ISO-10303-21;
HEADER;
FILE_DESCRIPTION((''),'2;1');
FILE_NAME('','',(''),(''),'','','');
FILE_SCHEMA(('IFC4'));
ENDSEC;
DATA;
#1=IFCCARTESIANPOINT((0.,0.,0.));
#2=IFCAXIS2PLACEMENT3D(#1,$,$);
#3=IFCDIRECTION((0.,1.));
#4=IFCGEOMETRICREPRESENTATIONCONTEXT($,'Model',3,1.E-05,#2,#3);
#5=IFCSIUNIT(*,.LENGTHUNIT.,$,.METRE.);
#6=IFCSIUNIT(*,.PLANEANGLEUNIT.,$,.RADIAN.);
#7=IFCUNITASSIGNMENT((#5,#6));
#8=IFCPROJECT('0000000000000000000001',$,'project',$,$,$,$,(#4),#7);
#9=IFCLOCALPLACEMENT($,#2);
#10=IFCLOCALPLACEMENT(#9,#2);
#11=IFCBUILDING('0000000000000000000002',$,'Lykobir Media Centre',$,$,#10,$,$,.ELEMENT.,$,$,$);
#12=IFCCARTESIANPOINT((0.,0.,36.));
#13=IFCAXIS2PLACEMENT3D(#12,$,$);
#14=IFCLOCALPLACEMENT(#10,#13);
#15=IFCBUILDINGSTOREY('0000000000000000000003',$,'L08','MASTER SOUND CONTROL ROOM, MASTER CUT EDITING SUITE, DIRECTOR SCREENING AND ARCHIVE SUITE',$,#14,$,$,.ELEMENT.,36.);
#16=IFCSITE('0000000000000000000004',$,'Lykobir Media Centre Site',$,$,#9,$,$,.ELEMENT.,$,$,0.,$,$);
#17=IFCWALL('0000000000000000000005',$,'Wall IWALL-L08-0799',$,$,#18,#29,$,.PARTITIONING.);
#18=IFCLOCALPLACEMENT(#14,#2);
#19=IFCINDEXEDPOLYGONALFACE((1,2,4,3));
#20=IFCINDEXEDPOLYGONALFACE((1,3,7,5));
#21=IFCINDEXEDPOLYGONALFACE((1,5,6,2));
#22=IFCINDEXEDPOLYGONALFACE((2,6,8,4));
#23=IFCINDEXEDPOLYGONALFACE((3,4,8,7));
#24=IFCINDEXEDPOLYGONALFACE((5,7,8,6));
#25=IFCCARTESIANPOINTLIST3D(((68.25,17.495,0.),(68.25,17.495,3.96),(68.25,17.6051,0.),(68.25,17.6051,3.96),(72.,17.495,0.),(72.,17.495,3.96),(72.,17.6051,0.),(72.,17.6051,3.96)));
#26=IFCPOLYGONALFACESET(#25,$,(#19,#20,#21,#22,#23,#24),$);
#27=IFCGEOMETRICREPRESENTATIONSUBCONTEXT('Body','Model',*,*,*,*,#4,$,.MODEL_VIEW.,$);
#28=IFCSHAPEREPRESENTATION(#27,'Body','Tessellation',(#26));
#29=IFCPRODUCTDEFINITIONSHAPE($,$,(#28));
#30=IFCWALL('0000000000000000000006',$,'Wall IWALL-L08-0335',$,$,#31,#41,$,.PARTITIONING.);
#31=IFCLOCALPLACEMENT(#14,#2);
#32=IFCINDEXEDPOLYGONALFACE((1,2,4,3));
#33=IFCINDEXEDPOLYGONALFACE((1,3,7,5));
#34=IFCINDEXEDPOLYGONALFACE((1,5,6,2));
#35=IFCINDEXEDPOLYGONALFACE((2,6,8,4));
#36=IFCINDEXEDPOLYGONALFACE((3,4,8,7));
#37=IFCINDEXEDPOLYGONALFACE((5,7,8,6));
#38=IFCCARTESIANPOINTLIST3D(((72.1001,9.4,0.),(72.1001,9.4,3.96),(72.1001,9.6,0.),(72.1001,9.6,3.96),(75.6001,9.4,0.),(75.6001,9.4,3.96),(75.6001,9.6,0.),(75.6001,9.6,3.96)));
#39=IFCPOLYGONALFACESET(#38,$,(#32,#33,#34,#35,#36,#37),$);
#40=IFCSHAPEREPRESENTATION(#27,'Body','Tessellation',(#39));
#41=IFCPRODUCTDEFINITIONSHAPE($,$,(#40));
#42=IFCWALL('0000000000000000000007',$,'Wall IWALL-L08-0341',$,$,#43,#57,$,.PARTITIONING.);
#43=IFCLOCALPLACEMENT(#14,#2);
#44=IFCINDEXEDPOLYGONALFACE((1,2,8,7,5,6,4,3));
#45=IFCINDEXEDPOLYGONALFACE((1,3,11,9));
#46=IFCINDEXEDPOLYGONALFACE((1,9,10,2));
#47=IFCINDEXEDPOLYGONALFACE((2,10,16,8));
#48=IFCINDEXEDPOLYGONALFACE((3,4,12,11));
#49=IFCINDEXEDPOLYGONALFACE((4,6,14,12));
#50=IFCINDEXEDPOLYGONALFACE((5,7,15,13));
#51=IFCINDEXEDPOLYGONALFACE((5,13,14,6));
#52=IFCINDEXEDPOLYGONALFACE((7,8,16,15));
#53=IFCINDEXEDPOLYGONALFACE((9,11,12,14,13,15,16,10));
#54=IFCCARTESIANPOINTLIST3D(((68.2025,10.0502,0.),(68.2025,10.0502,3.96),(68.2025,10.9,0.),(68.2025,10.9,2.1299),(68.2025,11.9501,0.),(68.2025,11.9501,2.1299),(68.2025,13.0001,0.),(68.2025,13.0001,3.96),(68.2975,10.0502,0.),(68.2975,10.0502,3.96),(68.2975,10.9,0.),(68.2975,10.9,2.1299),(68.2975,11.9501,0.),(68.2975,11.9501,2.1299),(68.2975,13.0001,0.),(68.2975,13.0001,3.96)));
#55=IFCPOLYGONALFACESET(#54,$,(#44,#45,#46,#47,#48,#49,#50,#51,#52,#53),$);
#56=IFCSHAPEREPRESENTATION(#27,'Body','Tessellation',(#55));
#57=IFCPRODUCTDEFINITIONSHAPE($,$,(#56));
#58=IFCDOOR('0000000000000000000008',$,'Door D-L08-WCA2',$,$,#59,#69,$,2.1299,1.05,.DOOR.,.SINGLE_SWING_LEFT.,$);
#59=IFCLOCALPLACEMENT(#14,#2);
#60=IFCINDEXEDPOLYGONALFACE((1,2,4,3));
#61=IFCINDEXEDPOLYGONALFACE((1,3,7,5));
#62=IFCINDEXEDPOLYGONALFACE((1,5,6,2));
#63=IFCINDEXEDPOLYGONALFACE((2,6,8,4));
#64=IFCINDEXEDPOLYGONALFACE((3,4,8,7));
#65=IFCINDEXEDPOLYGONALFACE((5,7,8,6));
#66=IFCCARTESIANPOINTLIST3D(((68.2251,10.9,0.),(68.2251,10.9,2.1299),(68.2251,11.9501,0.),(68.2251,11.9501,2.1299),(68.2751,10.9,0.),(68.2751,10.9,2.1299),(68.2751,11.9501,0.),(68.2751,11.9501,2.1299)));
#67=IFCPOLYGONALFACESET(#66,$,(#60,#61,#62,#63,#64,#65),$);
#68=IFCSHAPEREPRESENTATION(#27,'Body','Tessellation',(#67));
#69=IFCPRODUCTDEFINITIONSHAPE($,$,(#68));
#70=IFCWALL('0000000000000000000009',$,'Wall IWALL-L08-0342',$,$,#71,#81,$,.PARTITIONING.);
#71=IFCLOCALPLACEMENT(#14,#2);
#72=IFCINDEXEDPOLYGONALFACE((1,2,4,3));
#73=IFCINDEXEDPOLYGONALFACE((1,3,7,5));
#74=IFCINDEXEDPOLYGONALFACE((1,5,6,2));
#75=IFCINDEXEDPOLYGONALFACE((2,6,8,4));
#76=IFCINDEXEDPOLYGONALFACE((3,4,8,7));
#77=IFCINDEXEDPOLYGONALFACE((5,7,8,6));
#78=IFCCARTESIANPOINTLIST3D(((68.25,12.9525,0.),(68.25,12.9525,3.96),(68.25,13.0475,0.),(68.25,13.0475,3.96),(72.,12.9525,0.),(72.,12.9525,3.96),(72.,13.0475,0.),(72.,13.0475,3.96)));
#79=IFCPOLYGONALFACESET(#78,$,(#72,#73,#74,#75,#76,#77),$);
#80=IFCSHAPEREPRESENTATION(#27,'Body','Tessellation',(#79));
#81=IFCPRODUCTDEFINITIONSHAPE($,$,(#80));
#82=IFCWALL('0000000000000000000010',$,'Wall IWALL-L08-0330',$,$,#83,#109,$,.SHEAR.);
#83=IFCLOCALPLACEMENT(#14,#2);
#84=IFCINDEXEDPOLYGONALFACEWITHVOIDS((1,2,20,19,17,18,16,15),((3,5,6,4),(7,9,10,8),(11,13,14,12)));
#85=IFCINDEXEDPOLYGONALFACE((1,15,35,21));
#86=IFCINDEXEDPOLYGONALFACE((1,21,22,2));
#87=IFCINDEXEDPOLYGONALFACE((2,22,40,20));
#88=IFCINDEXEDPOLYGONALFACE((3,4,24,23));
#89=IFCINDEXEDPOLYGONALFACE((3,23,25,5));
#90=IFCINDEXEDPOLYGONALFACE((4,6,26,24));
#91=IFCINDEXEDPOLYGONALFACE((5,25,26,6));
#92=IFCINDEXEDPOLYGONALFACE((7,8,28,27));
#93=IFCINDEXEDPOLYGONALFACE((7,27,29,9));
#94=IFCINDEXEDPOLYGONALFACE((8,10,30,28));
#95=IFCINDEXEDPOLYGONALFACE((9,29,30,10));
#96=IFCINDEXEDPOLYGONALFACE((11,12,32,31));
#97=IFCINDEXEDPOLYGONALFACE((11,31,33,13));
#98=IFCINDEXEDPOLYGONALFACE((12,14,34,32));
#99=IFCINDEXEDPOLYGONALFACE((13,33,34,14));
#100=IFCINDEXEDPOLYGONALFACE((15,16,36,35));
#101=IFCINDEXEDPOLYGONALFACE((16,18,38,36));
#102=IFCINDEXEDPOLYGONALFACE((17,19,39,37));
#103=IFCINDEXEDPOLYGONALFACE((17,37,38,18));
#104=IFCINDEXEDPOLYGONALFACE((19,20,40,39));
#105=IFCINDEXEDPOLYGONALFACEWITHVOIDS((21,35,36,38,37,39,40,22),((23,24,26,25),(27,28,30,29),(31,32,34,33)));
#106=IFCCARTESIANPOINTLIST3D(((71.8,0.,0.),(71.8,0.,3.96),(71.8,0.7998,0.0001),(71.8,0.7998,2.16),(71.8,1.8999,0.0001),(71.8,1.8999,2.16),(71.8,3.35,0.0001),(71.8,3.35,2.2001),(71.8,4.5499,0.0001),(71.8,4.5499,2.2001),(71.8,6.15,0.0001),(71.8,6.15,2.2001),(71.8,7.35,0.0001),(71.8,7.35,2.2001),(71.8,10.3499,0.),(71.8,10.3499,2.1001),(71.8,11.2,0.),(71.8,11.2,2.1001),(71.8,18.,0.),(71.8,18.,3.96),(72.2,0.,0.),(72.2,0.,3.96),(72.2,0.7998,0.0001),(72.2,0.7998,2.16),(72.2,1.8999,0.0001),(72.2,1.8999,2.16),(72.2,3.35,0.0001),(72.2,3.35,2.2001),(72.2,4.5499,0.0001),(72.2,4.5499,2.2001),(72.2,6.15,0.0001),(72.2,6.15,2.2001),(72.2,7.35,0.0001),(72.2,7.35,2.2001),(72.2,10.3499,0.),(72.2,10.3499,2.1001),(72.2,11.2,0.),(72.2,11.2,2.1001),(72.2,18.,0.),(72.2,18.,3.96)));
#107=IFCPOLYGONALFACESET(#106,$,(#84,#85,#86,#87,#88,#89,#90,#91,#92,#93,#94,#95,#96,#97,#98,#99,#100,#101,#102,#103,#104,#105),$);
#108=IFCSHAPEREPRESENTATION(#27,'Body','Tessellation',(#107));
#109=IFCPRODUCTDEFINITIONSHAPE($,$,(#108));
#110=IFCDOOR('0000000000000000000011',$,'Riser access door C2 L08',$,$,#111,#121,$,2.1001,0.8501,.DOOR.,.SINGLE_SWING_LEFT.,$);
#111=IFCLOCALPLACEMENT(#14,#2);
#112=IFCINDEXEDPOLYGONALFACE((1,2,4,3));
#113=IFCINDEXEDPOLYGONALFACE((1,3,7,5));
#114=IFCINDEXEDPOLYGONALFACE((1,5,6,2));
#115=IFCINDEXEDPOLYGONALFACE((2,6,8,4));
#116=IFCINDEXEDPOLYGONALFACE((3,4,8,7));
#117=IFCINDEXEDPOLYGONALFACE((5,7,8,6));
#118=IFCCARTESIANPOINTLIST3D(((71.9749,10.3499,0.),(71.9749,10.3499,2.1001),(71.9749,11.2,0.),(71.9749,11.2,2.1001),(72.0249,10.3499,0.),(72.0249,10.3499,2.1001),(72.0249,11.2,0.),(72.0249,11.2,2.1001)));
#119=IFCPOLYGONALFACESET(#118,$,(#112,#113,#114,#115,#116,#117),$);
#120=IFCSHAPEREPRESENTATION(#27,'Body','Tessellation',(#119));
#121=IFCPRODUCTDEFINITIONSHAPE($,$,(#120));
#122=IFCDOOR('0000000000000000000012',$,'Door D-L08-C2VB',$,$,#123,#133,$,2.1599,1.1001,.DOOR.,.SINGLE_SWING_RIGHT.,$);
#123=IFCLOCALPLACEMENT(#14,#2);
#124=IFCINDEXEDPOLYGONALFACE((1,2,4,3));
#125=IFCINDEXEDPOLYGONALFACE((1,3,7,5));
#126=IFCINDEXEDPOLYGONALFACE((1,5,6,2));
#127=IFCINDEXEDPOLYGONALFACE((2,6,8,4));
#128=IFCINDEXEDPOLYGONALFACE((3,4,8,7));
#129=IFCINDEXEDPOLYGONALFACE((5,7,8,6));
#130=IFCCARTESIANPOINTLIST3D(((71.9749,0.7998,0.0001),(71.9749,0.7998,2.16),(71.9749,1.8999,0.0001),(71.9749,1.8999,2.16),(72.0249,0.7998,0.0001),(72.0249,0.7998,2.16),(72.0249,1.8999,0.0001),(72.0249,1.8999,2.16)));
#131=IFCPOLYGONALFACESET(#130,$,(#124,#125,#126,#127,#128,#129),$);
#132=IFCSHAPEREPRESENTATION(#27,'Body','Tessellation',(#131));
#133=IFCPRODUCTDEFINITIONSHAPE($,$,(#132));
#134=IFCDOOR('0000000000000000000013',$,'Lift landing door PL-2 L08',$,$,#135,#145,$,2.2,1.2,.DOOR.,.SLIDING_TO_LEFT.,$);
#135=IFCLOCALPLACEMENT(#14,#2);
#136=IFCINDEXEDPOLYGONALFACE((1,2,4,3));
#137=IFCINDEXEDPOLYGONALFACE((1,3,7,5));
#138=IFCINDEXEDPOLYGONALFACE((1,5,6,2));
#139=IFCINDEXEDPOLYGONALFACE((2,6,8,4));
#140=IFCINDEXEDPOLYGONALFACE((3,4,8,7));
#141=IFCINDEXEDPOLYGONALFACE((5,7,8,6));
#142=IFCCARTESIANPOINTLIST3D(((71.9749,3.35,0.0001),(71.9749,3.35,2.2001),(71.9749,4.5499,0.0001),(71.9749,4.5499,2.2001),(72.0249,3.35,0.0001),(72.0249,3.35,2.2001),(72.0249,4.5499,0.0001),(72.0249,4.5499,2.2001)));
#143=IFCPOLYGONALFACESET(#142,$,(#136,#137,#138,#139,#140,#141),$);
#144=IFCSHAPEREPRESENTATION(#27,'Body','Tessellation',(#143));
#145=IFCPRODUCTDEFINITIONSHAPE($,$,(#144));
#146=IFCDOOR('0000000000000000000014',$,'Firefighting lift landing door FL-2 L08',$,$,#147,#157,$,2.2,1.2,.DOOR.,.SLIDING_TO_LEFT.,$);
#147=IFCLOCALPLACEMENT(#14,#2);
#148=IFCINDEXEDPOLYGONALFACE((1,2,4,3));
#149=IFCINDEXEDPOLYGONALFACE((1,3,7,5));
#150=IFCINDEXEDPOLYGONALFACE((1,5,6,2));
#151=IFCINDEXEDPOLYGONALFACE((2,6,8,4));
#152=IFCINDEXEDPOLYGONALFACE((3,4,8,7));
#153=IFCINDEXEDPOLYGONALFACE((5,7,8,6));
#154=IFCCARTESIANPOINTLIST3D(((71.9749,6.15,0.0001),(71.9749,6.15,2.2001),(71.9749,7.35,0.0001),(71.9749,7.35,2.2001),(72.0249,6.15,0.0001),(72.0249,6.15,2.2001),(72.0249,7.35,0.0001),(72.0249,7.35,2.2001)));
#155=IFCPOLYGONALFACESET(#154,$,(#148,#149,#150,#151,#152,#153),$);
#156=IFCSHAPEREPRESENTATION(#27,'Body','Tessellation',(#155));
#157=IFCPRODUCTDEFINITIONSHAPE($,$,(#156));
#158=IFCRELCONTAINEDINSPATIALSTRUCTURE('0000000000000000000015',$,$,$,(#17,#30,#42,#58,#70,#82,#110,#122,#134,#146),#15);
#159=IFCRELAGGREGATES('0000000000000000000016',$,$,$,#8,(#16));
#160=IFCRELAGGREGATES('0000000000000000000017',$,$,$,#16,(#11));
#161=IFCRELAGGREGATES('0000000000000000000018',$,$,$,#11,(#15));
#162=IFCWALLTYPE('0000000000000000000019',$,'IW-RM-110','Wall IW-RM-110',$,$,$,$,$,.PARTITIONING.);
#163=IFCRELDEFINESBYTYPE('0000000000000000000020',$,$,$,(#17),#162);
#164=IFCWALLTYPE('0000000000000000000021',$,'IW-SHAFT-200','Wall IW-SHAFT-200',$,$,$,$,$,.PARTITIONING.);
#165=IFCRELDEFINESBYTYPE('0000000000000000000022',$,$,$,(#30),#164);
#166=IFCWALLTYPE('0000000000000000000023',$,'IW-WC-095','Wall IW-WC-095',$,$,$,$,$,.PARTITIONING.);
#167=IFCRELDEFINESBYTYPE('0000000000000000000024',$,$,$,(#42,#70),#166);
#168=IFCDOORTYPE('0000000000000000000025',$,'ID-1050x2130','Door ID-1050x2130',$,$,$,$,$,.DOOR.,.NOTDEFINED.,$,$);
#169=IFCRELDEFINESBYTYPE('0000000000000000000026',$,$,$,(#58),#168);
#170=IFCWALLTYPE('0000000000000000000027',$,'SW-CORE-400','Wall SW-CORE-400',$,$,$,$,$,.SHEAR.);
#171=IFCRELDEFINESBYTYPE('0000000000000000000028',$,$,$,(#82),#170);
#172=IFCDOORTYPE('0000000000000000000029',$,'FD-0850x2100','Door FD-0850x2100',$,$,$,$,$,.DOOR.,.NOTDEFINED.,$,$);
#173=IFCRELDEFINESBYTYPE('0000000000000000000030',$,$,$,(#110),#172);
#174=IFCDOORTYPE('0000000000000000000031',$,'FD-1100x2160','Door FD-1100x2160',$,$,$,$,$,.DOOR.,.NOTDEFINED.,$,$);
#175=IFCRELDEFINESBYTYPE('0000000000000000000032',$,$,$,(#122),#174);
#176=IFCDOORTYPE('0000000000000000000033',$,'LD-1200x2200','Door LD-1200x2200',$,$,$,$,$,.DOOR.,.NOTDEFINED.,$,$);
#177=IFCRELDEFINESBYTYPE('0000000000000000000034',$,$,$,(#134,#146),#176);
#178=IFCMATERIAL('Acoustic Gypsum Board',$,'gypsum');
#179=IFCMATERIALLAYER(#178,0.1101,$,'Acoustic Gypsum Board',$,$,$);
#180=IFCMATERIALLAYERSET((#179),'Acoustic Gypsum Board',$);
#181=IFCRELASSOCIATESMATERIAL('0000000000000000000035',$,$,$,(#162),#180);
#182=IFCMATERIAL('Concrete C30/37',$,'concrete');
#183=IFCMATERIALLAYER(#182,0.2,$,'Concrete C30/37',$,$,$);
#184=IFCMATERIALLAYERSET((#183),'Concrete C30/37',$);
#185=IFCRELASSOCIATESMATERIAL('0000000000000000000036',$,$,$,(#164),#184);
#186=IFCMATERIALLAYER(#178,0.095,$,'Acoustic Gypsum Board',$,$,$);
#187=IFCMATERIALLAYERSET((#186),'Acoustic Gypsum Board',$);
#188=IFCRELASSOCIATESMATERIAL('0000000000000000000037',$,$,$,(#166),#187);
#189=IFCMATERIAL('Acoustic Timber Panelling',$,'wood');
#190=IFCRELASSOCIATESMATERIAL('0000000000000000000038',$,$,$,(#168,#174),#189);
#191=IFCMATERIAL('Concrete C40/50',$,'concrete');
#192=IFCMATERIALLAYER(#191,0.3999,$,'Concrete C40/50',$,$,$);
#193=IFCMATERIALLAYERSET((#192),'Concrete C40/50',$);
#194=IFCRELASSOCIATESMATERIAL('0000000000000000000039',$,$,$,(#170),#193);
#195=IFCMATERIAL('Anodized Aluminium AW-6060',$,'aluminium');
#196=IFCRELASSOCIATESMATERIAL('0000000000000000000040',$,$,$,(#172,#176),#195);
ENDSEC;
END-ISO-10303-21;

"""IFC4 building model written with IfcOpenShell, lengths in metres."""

from ifc_helpers import new_model, si_unit, direction, frame, frame_2d, origin, place, context, subcontext, project, spatial, rectangle, extrude, material, layer, layer_set, type_object, element, fill, save


model = new_model("IFC4")

# Units and contexts
model_context = context("Model", 3, precision=1e-05, world=origin(), true_north=direction((0.0, 1.0)))
body_context = subcontext(model_context, "Body", "Model", "MODEL_VIEW")
ifc_project = project(units=[si_unit("LENGTHUNIT", "METRE"), si_unit("PLANEANGLEUNIT", "RADIAN")], contexts=[model_context])

# Site, building, storey
site_placement = place(None, origin())
site = spatial("IfcSite", under=ifc_project, at=site_placement, Name="Lykobir Media Centre Site", CompositionType="ELEMENT", RefElevation=0.0)
building_placement = place(site_placement, origin())
building = spatial("IfcBuilding", under=site, at=building_placement, Name="Lykobir Media Centre", CompositionType="ELEMENT")
storey_placement = place(building_placement, frame((0.0, 0.0, 36.0)))
storey = spatial("IfcBuildingStorey", under=building, at=storey_placement, Name="L08", Description="MASTER SOUND CONTROL ROOM, MASTER CUT EDITING SUITE, DIRECTOR SCREENING AND ARCHIVE SUITE", CompositionType="ELEMENT", Elevation=36.0)

# Shared definitions
ifc_material_1 = material(Name="Acoustic Gypsum Board", Category="gypsum")
ifc_material_2 = material(Name="Acoustic Timber Panelling", Category="wood")

# Shared definitions
ifc_layer_1 = layer(ifc_material_1, 0.1101, Name="Acoustic Gypsum Board")
ifc_layer_set_1 = layer_set([ifc_layer_1], Name="Acoustic Gypsum Board")
wall_type_1 = type_object("IfcWallType", Name="IW-RM-110", Description="Wall IW-RM-110", PredefinedType="PARTITIONING", material=ifc_layer_set_1)

# Walls
wall_1_placement = place(storey_placement, frame((68.25, 17.55, 0.0), z_axis=(0.0, 0.0, 1.0), x_axis=(1.0, 0.0, 0.0)))
element("IfcWall", 1, at=wall_1_placement, inside=storey, type_object=wall_type_1, Name="Wall IWALL-L08-0799", PredefinedType="PARTITIONING", context=body_context, shape_type="SweptSolid", body=[
    extrude(rectangle(XDim=3.75, YDim=0.1101, at=frame_2d((1.875, 0.0))), origin(), (0.0, 0.0, 1.0), 3.96),
])
ifc_material_3 = material(Name="Concrete C30/37", Category="concrete")
ifc_layer_2 = layer(ifc_material_3, 0.2, Name="Concrete C30/37")
ifc_layer_set_2 = layer_set([ifc_layer_2], Name="Concrete C30/37")
wall_type_2 = type_object("IfcWallType", Name="IW-SHAFT-200", Description="Wall IW-SHAFT-200", PredefinedType="PARTITIONING", material=ifc_layer_set_2)
wall_2_placement = place(storey_placement, frame((72.1001, 9.5, 0.0), z_axis=(0.0, 0.0, 1.0), x_axis=(1.0, 0.0, 0.0)))
element("IfcWall", 2, at=wall_2_placement, inside=storey, type_object=wall_type_2, Name="Wall IWALL-L08-0335", PredefinedType="PARTITIONING", context=body_context, shape_type="SweptSolid", body=[
    extrude(rectangle(XDim=3.5, YDim=0.2, at=frame_2d((1.75, 0.0))), origin(), (0.0, 0.0, 1.0), 3.96),
])

# Wall, opening, door
ifc_layer_3 = layer(ifc_material_1, 0.095, Name="Acoustic Gypsum Board")
ifc_layer_set_3 = layer_set([ifc_layer_3], Name="Acoustic Gypsum Board")
wall_type_3 = type_object("IfcWallType", Name="IW-WC-095", Description="Wall IW-WC-095", PredefinedType="PARTITIONING", material=ifc_layer_set_3)
wall_3_placement = place(storey_placement, frame((68.25, 10.05, 0.0), z_axis=(0.0, 0.0, 1.0), x_axis=(0.0, 1.0, 0.0)))
wall_3 = element("IfcWall", 3, at=wall_3_placement, inside=storey, type_object=wall_type_3, Name="Wall IWALL-L08-0341", PredefinedType="PARTITIONING", context=body_context, shape_type="SweptSolid", body=[
    extrude(rectangle(XDim=2.95, YDim=0.095, at=frame_2d((1.4751, 0.0))), origin(), (0.0, 0.0, 1.0), 3.96),
])
opening_1_placement = place(wall_3_placement, frame((0.8501, 0.0, 0.0)))
opening_1 = element("IfcOpeningElement", 4, at=opening_1_placement, cuts=wall_3, PredefinedType="OPENING", context=body_context, shape_type="SweptSolid", body=[
    extrude(rectangle(XDim=1.05, YDim=2.1299, at=frame_2d((0.5249, 1.0649))), frame((0.0, 0.0574, 0.0), z_axis=(0.0, -1.0, 0.0), x_axis=(1.0, 0.0, 0.0)), (0.0, 0.0, 1.0), 0.115),
])
door_type_1 = type_object("IfcDoorType", Name="ID-1050x2130", Description="Door ID-1050x2130", OperationType="NOTDEFINED", PredefinedType="DOOR", material=ifc_material_2)
door_1_placement = place(opening_1_placement, origin())
door_1 = element("IfcDoor", 5, at=door_1_placement, inside=storey, type_object=door_type_1, Name="Door D-L08-WCA2", OperationType="SINGLE_SWING_LEFT", OverallHeight=2.1299, OverallWidth=1.05, PredefinedType="DOOR", context=body_context, shape_type="SweptSolid", body=[
    extrude(rectangle(XDim=1.05, YDim=2.1299, at=frame_2d((0.5249, 1.0649))), frame((0.0, 0.0249, 0.0), z_axis=(0.0, -1.0, 0.0), x_axis=(1.0, 0.0, 0.0)), (0.0, 0.0, 1.0), 0.05),
])
fill(opening_1, door_1)

# Wall
wall_4_placement = place(storey_placement, frame((68.25, 13.0, 0.0), z_axis=(0.0, 0.0, 1.0), x_axis=(1.0, 0.0, 0.0)))
element("IfcWall", 6, at=wall_4_placement, inside=storey, type_object=wall_type_3, Name="Wall IWALL-L08-0342", PredefinedType="PARTITIONING", context=body_context, shape_type="SweptSolid", body=[
    extrude(rectangle(XDim=3.75, YDim=0.095, at=frame_2d((1.875, 0.0))), origin(), (0.0, 0.0, 1.0), 3.96),
])

# Wall, openings, doors
ifc_material_4 = material(Name="Concrete C40/50", Category="concrete")
ifc_layer_4 = layer(ifc_material_4, 0.3999, Name="Concrete C40/50")
ifc_layer_set_4 = layer_set([ifc_layer_4], Name="Concrete C40/50")
wall_type_4 = type_object("IfcWallType", Name="SW-CORE-400", Description="Wall SW-CORE-400", PredefinedType="SHEAR", material=ifc_layer_set_4)
wall_5_placement = place(storey_placement, frame((72.0, 18.0, 0.0), z_axis=(0.0, 0.0, 1.0), x_axis=(0.0, -1.0, 0.0)))
wall_5 = element("IfcWall", 7, at=wall_5_placement, inside=storey, type_object=wall_type_4, Name="Wall IWALL-L08-0330", PredefinedType="SHEAR", context=body_context, shape_type="SweptSolid", body=[
    extrude(rectangle(XDim=18.0, YDim=0.3999, at=frame_2d((9.0, 0.0))), origin(), (0.0, 0.0, 1.0), 3.96),
])
opening_2_placement = place(wall_5_placement, frame((16.1001, 0.0, 0.0)))
opening_2 = element("IfcOpeningElement", 8, at=opening_2_placement, cuts=wall_5, PredefinedType="OPENING", context=body_context, shape_type="SweptSolid", body=[
    extrude(rectangle(XDim=1.1001, YDim=2.1599, at=frame_2d((0.55, 1.0801))), frame((0.0, 0.21, 0.0), z_axis=(0.0, -1.0, 0.0), x_axis=(1.0, 0.0, 0.0)), (0.0, 0.0, 1.0), 0.4199),
])
opening_3_placement = place(wall_5_placement, frame((13.45, 0.0, 0.0)))
opening_3 = element("IfcOpeningElement", 9, at=opening_3_placement, cuts=wall_5, PredefinedType="OPENING", context=body_context, shape_type="SweptSolid", body=[
    extrude(rectangle(XDim=1.2, YDim=2.2, at=frame_2d((0.6001, 1.1001))), frame((0.0, 0.21, 0.0), z_axis=(0.0, -1.0, 0.0), x_axis=(1.0, 0.0, 0.0)), (0.0, 0.0, 1.0), 0.4199),
])
opening_4_placement = place(wall_5_placement, frame((10.6499, 0.0, 0.0)))
opening_4 = element("IfcOpeningElement", 10, at=opening_4_placement, cuts=wall_5, PredefinedType="OPENING", context=body_context, shape_type="SweptSolid", body=[
    extrude(rectangle(XDim=1.2, YDim=2.2, at=frame_2d((0.6001, 1.1001))), frame((0.0, 0.21, 0.0), z_axis=(0.0, -1.0, 0.0), x_axis=(1.0, 0.0, 0.0)), (0.0, 0.0, 1.0), 0.4199),
])
opening_5_placement = place(wall_5_placement, frame((6.8, 0.0, 0.0)))
opening_5 = element("IfcOpeningElement", 11, at=opening_5_placement, cuts=wall_5, PredefinedType="OPENING", context=body_context, shape_type="SweptSolid", body=[
    extrude(rectangle(XDim=0.8501, YDim=2.1001, at=frame_2d((0.425, 1.05))), frame((0.0, 0.21, 0.0), z_axis=(0.0, -1.0, 0.0), x_axis=(1.0, 0.0, 0.0)), (0.0, 0.0, 1.0), 0.4199),
])
ifc_material_5 = material(Name="Anodized Aluminium AW-6060", Category="aluminium")
door_type_2 = type_object("IfcDoorType", Name="FD-0850x2100", Description="Door FD-0850x2100", OperationType="NOTDEFINED", PredefinedType="DOOR", material=ifc_material_5)
door_2_placement = place(opening_5_placement, origin())
door_2 = element("IfcDoor", 12, at=door_2_placement, inside=storey, type_object=door_type_2, Name="Riser access door C2 L08", OperationType="SINGLE_SWING_LEFT", OverallHeight=2.1001, OverallWidth=0.8501, PredefinedType="DOOR", context=body_context, shape_type="SweptSolid", body=[
    extrude(rectangle(XDim=0.8501, YDim=2.1001, at=frame_2d((0.425, 1.05))), frame((0.0, 0.0249, 0.0), z_axis=(0.0, -1.0, 0.0), x_axis=(1.0, 0.0, 0.0)), (0.0, 0.0, 1.0), 0.05),
])
fill(opening_5, door_2)
door_type_3 = type_object("IfcDoorType", Name="FD-1100x2160", Description="Door FD-1100x2160", OperationType="NOTDEFINED", PredefinedType="DOOR", material=ifc_material_2)
door_3_placement = place(opening_2_placement, origin())
door_3 = element("IfcDoor", 13, at=door_3_placement, inside=storey, type_object=door_type_3, Name="Door D-L08-C2VB", OperationType="SINGLE_SWING_RIGHT", OverallHeight=2.1599, OverallWidth=1.1001, PredefinedType="DOOR", context=body_context, shape_type="SweptSolid", body=[
    extrude(rectangle(XDim=1.1001, YDim=2.1599, at=frame_2d((0.55, 1.0801))), frame((0.0, 0.0249, 0.0), z_axis=(0.0, -1.0, 0.0), x_axis=(1.0, 0.0, 0.0)), (0.0, 0.0, 1.0), 0.05),
])
fill(opening_2, door_3)
door_type_4 = type_object("IfcDoorType", Name="LD-1200x2200", Description="Door LD-1200x2200", OperationType="NOTDEFINED", PredefinedType="DOOR", material=ifc_material_5)
door_4_placement = place(opening_3_placement, origin())
door_4 = element("IfcDoor", 14, at=door_4_placement, inside=storey, type_object=door_type_4, Name="Lift landing door PL-2 L08", OperationType="SLIDING_TO_LEFT", OverallHeight=2.2, OverallWidth=1.2, PredefinedType="DOOR", context=body_context, shape_type="SweptSolid", body=[
    extrude(rectangle(XDim=1.2, YDim=2.2, at=frame_2d((0.6001, 1.1001))), frame((0.0, 0.0249, 0.0), z_axis=(0.0, -1.0, 0.0), x_axis=(1.0, 0.0, 0.0)), (0.0, 0.0, 1.0), 0.05),
])
fill(opening_3, door_4)
door_5_placement = place(opening_4_placement, origin())
door_5 = element("IfcDoor", 15, at=door_5_placement, inside=storey, type_object=door_type_4, Name="Firefighting lift landing door FL-2 L08", OperationType="SLIDING_TO_LEFT", OverallHeight=2.2, OverallWidth=1.2, PredefinedType="DOOR", context=body_context, shape_type="SweptSolid", body=[
    extrude(rectangle(XDim=1.2, YDim=2.2, at=frame_2d((0.6001, 1.1001))), frame((0.0, 0.0249, 0.0), z_axis=(0.0, -1.0, 0.0), x_axis=(1.0, 0.0, 0.0)), (0.0, 0.0, 1.0), 0.05),
])
fill(opening_4, door_5)

save(model, "model.ifc")
